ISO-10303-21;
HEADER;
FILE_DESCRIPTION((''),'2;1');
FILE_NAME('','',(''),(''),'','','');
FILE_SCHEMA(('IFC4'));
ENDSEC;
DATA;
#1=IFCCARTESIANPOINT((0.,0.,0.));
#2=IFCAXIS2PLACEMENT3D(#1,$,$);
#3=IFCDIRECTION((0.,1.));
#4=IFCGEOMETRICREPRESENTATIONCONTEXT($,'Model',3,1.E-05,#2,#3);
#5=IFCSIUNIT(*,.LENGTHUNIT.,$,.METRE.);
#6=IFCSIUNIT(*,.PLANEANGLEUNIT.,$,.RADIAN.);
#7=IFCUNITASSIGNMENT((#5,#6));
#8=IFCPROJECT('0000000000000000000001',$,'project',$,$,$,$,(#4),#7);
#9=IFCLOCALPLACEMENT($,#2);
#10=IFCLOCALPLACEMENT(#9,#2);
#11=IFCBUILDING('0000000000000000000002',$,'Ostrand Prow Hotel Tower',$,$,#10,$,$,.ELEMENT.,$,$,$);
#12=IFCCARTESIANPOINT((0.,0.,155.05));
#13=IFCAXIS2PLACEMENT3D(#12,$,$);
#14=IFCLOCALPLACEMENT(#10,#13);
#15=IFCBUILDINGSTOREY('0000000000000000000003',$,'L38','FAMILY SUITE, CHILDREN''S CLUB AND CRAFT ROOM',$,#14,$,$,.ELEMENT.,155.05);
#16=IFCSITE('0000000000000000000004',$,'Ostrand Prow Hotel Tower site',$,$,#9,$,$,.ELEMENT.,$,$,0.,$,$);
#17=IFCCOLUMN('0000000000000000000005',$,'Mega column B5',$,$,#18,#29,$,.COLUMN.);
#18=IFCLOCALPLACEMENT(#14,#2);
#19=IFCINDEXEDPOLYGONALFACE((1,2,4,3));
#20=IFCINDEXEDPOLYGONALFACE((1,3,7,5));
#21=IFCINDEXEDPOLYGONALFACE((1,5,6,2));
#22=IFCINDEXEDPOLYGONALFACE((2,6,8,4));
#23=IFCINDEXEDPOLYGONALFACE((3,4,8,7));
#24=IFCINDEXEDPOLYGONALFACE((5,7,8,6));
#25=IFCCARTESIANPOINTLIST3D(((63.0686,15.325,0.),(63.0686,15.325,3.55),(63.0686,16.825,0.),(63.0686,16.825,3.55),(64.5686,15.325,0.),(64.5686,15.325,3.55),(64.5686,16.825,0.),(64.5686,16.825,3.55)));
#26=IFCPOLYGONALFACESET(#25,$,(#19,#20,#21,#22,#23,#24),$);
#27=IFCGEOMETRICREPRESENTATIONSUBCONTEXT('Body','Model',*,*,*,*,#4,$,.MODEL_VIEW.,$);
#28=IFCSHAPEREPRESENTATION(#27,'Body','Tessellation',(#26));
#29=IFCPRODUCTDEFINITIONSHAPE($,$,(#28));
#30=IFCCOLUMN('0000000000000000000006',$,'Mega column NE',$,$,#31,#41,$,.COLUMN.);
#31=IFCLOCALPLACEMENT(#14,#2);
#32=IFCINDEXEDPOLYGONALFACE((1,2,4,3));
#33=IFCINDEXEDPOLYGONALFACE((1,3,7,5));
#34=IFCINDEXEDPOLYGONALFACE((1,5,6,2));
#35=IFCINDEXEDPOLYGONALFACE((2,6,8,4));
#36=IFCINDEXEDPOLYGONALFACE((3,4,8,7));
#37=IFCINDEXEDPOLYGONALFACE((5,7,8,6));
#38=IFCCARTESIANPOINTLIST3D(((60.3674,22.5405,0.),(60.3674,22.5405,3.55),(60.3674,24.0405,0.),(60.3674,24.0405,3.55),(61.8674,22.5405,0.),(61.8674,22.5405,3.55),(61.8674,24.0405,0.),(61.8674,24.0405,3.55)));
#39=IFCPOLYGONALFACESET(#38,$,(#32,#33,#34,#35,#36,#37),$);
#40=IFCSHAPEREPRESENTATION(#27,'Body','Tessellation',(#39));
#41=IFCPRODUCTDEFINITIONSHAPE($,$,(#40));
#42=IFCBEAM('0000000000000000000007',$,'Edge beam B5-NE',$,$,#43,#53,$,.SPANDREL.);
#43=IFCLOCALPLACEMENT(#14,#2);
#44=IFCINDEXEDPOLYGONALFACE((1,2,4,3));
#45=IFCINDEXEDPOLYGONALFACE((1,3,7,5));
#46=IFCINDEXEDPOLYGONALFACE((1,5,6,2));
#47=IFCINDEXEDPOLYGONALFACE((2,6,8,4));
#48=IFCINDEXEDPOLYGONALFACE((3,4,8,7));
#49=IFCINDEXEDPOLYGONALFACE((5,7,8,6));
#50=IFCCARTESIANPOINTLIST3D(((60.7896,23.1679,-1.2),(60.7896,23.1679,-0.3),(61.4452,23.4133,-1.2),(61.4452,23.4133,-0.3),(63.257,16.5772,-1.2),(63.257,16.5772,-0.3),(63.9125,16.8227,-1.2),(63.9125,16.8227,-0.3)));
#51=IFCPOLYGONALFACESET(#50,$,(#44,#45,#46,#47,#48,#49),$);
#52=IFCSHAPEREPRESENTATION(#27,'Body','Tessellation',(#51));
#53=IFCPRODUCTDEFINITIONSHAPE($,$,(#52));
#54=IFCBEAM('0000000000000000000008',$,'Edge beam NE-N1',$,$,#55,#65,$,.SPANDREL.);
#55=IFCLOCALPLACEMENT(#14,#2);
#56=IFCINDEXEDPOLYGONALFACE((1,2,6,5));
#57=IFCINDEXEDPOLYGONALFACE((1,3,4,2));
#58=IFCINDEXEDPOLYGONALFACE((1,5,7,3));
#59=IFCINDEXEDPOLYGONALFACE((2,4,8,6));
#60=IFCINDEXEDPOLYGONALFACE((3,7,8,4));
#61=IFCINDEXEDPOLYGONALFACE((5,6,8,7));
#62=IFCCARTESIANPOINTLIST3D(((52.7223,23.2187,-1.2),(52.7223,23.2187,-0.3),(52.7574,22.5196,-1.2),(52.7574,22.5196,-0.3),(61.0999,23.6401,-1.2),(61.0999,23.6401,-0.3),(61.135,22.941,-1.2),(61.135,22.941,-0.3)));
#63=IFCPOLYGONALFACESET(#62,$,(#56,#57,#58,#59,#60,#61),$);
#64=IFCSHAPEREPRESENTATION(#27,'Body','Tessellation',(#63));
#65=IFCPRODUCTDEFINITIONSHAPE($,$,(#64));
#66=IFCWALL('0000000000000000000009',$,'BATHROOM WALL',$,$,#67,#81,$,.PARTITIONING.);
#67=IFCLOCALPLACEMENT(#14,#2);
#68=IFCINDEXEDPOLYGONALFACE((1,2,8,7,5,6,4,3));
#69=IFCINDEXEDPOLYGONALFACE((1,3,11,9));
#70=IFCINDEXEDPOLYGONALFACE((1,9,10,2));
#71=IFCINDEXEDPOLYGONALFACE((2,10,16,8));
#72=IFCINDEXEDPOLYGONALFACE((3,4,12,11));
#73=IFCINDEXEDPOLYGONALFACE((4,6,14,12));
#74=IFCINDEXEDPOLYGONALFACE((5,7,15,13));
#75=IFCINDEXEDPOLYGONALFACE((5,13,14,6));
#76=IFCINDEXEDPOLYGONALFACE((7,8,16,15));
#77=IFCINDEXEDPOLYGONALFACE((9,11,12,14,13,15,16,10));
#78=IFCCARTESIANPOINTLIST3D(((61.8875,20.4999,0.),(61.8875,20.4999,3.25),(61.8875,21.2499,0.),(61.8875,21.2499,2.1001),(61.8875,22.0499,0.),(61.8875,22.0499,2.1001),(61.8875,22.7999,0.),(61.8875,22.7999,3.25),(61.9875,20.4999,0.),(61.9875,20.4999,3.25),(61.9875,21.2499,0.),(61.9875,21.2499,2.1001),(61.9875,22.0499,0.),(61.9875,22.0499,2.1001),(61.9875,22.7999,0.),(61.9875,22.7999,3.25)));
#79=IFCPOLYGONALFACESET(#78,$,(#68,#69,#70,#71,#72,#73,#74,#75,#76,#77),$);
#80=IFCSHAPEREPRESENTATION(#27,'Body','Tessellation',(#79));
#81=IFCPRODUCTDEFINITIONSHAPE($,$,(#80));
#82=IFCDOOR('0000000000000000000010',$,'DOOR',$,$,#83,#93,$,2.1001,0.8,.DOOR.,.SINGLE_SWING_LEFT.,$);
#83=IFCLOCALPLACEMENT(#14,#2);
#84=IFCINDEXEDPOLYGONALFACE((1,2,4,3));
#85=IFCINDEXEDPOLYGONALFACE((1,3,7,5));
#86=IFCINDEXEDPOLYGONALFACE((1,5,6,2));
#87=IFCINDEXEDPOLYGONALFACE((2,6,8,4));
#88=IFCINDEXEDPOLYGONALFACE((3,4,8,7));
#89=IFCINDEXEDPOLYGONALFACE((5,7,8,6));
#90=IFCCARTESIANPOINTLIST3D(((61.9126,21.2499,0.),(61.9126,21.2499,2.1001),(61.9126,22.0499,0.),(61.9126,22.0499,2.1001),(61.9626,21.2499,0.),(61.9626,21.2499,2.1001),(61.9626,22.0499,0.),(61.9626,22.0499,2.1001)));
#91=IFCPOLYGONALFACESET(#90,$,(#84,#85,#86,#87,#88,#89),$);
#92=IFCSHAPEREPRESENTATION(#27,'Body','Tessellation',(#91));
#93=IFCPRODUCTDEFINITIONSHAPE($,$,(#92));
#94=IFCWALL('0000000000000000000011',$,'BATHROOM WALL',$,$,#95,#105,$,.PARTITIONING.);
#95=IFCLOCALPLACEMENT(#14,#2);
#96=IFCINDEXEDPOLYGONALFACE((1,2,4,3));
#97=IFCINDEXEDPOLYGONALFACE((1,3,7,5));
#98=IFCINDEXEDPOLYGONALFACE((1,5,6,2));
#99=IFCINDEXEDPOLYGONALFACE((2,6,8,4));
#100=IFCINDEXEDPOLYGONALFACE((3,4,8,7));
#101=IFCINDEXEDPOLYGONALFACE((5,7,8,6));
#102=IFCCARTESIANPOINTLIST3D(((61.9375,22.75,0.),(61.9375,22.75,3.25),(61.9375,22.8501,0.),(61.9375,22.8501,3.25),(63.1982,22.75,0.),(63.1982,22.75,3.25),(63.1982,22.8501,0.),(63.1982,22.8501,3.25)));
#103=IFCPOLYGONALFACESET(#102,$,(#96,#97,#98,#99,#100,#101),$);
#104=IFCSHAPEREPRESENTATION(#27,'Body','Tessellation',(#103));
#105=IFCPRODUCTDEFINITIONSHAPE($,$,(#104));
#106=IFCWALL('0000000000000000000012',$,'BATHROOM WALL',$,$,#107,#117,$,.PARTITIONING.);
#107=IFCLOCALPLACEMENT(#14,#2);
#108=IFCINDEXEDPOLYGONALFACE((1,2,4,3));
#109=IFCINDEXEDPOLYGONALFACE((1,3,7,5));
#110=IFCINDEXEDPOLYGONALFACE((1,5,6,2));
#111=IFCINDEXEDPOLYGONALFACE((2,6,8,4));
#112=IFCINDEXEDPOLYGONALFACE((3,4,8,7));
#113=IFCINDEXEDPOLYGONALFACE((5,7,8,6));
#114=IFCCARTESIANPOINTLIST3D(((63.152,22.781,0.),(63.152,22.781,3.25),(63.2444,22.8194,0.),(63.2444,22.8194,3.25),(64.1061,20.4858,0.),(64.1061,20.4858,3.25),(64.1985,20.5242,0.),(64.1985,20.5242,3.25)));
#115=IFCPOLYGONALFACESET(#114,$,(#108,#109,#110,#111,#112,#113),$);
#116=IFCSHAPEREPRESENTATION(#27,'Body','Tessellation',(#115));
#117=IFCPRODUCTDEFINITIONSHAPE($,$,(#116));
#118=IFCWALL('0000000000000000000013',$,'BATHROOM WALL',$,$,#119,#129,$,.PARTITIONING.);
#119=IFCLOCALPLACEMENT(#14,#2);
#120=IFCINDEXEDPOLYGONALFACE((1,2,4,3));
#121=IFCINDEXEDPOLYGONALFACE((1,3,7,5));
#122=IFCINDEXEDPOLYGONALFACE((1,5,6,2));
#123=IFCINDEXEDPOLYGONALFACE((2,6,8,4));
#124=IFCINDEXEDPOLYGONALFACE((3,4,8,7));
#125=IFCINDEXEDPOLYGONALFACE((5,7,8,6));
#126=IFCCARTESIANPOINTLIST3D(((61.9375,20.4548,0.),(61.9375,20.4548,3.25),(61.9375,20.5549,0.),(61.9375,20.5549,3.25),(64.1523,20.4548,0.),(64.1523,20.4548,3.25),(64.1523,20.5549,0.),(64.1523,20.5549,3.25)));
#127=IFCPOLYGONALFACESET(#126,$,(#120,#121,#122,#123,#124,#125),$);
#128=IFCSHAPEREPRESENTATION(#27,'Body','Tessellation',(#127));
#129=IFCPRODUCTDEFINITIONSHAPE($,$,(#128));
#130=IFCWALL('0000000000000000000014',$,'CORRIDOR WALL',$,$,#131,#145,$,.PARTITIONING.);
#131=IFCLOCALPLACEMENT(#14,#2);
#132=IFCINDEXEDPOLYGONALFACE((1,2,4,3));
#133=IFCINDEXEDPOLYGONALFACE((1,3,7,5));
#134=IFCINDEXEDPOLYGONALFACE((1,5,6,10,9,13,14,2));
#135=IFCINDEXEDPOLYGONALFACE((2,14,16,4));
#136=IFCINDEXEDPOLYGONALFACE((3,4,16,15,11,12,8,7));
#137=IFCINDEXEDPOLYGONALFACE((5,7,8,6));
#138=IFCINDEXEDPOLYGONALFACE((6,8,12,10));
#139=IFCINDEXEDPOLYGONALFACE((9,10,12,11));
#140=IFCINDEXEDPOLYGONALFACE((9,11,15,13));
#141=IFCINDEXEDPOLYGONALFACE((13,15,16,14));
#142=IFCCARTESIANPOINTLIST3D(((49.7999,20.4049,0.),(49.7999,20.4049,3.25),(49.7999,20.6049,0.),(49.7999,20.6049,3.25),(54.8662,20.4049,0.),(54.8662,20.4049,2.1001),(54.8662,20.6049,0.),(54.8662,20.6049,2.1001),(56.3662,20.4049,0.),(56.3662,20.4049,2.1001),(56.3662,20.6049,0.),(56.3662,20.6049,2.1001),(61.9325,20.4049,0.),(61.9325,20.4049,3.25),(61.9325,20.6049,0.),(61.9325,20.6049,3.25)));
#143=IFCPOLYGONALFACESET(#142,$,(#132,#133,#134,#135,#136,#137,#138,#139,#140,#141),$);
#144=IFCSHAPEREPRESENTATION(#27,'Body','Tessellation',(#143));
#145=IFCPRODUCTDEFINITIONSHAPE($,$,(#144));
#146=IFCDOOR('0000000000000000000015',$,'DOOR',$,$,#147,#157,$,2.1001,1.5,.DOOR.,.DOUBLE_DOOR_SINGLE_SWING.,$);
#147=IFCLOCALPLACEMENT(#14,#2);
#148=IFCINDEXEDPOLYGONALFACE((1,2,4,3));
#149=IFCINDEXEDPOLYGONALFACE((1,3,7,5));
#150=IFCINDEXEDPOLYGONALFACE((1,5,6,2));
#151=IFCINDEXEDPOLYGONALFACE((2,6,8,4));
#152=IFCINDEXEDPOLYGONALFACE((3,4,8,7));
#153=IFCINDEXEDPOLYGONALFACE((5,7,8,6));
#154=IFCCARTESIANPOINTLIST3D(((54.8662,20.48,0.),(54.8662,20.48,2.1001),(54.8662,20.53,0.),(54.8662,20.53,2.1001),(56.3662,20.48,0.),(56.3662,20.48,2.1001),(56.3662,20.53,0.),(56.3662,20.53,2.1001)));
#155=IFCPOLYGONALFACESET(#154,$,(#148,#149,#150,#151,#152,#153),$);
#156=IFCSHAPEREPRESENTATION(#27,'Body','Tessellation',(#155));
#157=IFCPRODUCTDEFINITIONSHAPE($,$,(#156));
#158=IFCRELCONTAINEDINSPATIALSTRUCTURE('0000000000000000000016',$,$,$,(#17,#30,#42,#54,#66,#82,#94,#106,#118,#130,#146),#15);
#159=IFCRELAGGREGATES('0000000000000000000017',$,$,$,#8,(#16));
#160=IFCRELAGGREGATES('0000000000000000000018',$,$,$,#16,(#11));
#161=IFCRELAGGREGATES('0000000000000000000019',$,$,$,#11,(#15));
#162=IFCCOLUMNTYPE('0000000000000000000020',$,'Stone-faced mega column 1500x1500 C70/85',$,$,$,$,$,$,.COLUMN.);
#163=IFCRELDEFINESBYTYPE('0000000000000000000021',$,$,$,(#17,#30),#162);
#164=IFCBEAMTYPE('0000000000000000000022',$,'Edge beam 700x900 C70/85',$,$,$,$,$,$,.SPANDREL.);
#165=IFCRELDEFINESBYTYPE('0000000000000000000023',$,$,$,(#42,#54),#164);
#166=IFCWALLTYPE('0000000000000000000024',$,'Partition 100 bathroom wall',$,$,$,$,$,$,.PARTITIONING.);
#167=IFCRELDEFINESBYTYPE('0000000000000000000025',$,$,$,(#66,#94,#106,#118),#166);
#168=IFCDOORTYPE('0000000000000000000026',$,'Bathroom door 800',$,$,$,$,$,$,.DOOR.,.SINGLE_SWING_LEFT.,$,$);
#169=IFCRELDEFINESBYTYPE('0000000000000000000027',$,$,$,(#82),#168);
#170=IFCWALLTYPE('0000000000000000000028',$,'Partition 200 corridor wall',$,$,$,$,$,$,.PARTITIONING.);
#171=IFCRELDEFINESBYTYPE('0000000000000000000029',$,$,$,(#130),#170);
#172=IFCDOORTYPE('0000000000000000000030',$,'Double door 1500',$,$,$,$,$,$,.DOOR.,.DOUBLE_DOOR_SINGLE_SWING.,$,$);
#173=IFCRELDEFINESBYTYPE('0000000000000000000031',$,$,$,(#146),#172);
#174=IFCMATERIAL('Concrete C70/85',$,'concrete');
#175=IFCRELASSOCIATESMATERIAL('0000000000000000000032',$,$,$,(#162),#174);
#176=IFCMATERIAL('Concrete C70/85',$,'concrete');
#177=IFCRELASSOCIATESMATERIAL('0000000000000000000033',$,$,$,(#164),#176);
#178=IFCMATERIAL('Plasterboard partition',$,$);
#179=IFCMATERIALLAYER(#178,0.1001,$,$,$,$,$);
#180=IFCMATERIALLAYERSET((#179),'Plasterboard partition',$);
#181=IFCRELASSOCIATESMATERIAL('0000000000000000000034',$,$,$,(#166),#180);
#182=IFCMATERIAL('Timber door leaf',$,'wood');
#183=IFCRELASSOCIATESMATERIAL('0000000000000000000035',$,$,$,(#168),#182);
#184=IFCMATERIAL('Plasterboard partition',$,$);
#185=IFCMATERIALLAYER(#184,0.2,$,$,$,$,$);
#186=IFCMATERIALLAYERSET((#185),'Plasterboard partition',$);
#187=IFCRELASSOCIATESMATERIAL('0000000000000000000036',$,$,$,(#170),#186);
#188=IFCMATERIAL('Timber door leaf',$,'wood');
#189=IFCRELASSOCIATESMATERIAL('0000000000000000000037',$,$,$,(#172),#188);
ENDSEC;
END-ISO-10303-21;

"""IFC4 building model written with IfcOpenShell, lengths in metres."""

from ifc_helpers import new_model, si_unit, direction, frame, frame_2d, origin, origin_2d, place, context, subcontext, project, spatial, rectangle, extrude, material, layer, layer_set, material_profile, profile_set, type_object, element, fill, save


model = new_model("IFC4")

# Units and contexts
model_context = context("Model", 3, precision=1e-05, world=origin(), true_north=direction((0.0, 1.0)))
body_context = subcontext(model_context, "Body", "Model", "MODEL_VIEW")
ifc_project = project(units=[si_unit("LENGTHUNIT", "METRE"), si_unit("PLANEANGLEUNIT", "RADIAN")], contexts=[model_context])

# Site, building, storey
site_placement = place(None, origin())
site = spatial("IfcSite", under=ifc_project, at=site_placement, Name="Ostrand Prow Hotel Tower site", CompositionType="ELEMENT", RefElevation=0.0)
building_placement = place(site_placement, origin())
building = spatial("IfcBuilding", under=site, at=building_placement, Name="Ostrand Prow Hotel Tower", CompositionType="ELEMENT")
storey_placement = place(building_placement, frame((0.0, 0.0, 155.05)))
storey = spatial("IfcBuildingStorey", under=building, at=storey_placement, Name="L38", Description="FAMILY SUITE, CHILDREN'S CLUB AND CRAFT ROOM", CompositionType="ELEMENT", Elevation=155.05)

# Columns
ifc_material_1 = material(Name="Concrete C70/85", Category="concrete")
ifc_material_profile_1 = material_profile(ifc_material_1, rectangle(XDim=1.5, YDim=1.5, at=origin_2d()), Name="RC 1500x1500")
ifc_profile_set_1 = profile_set([ifc_material_profile_1], Name="Concrete C70/85")
column_type = type_object("IfcColumnType", Name="Stone-faced mega column 1500x1500 C70/85", PredefinedType="COLUMN", material=ifc_profile_set_1)
for number, where, z_axis, x_axis, name in (
    (1, (63.8186, 16.075, 0.0), (0.0, 0.0, 1.0), (1.0, 0.0, 0.0), "Mega column B5"),
    (2, (61.1174, 23.2905, 0.0), (0.0, 0.0, 1.0), (1.0, 0.0, 0.0), "Mega column NE"),
):
    element("IfcColumn", number, at=place(storey_placement, frame(where, z_axis=z_axis, x_axis=x_axis)), inside=storey, type_object=column_type, Name=name, PredefinedType="COLUMN", context=body_context, shape_type="SweptSolid", body=[
        extrude(rectangle(XDim=1.5, YDim=1.5, at=origin_2d()), origin(), (0.0, 0.0, 1.0), 3.55),
    ])

# Beams
ifc_material_2 = material(Name="Concrete C70/85", Category="concrete")
ifc_material_profile_2 = material_profile(ifc_material_2, rectangle(XDim=0.7, YDim=0.8999, at=origin_2d()), Name="RC 700x900")
ifc_profile_set_2 = profile_set([ifc_material_profile_2], Name="Concrete C70/85")
beam_type = type_object("IfcBeamType", Name="Edge beam 700x900 C70/85", PredefinedType="SPANDREL", material=ifc_profile_set_2)
beam_1_placement = place(storey_placement, frame((63.5847, 16.7, -0.75), z_axis=(-0.350603, 0.936524, 0.0), x_axis=(-0.936524, -0.350603, 0.0)))
element("IfcBeam", 3, at=beam_1_placement, inside=storey, type_object=beam_type, Name="Edge beam B5-NE", PredefinedType="SPANDREL", context=body_context, shape_type="SweptSolid", body=[
    extrude(rectangle(XDim=0.7, YDim=0.8999, at=origin_2d()), origin(), (0.0, 0.0, 1.0), 7.0374),
])
beam_2_placement = place(storey_placement, frame((61.1174, 23.2905, -0.75), z_axis=(-0.998737, -0.050235, 0.0), x_axis=(0.050235, -0.998737, 0.0)))
element("IfcBeam", 4, at=beam_2_placement, inside=storey, type_object=beam_type, Name="Edge beam NE-N1", PredefinedType="SPANDREL", context=body_context, shape_type="SweptSolid", body=[
    extrude(rectangle(XDim=0.7, YDim=0.8999, at=origin_2d()), origin(), (0.0, 0.0, 1.0), 8.3882),
])

# Wall, opening, door
ifc_material_3 = material(Name="Plasterboard partition")
ifc_layer_1 = layer(ifc_material_3, 0.1001)
ifc_layer_set_1 = layer_set([ifc_layer_1], Name="Plasterboard partition")
wall_type_1 = type_object("IfcWallType", Name="Partition 100 bathroom wall", PredefinedType="PARTITIONING", material=ifc_layer_set_1)
wall_1_placement = place(storey_placement, frame((61.9375, 20.5, 0.0), z_axis=(0.0, 0.0, 1.0), x_axis=(0.0, 1.0, 0.0)))
wall_1 = element("IfcWall", 5, at=wall_1_placement, inside=storey, type_object=wall_type_1, Name="BATHROOM WALL", PredefinedType="PARTITIONING", context=body_context, shape_type="SweptSolid", body=[
    extrude(rectangle(XDim=2.3, YDim=0.1001, at=frame_2d((1.1499, 0.0))), origin(), (0.0, 0.0, 1.0), 3.25),
])
opening_1_placement = place(wall_1_placement, frame((0.75, 0.0, 0.0)))
opening_1 = element("IfcOpeningElement", 6, at=opening_1_placement, cuts=wall_1, PredefinedType="OPENING", context=body_context, shape_type="SweptSolid", body=[
    extrude(rectangle(XDim=0.8, YDim=2.1001, at=frame_2d((0.3999, 1.05))), frame((0.0, 0.0601, 0.0), z_axis=(0.0, -1.0, 0.0), x_axis=(1.0, 0.0, 0.0)), (0.0, 0.0, 1.0), 0.1201),
])
ifc_material_4 = material(Name="Timber door leaf", Category="wood")
door_type_1 = type_object("IfcDoorType", Name="Bathroom door 800", OperationType="SINGLE_SWING_LEFT", PredefinedType="DOOR", material=ifc_material_4)
door_1_placement = place(opening_1_placement, origin())
door_1 = element("IfcDoor", 7, at=door_1_placement, inside=storey, type_object=door_type_1, Name="DOOR", OperationType="SINGLE_SWING_LEFT", OverallHeight=2.1001, OverallWidth=0.8, PredefinedType="DOOR", context=body_context, shape_type="SweptSolid", body=[
    extrude(rectangle(XDim=0.8, YDim=2.1001, at=frame_2d((0.3999, 1.05))), frame((0.0, 0.0249, 0.0), z_axis=(0.0, -1.0, 0.0), x_axis=(1.0, 0.0, 0.0)), (0.0, 0.0, 1.0), 0.05),
])
fill(opening_1, door_1)

# Walls
wall_2_placement = place(storey_placement, frame((61.9375, 22.8, 0.0), z_axis=(0.0, 0.0, 1.0), x_axis=(1.0, 0.0, 0.0)))
element("IfcWall", 8, at=wall_2_placement, inside=storey, type_object=wall_type_1, Name="BATHROOM WALL", PredefinedType="PARTITIONING", context=body_context, shape_type="SweptSolid", body=[
    extrude(rectangle(XDim=1.2607, YDim=0.1001, at=frame_2d((0.6304, 0.0))), origin(), (0.0, 0.0, 1.0), 3.25),
])
wall_3_placement = place(storey_placement, frame((63.1982, 22.8, 0.0), z_axis=(0.0, 0.0, 1.0), x_axis=(0.383855, -0.923393, 0.0)))
element("IfcWall", 9, at=wall_3_placement, inside=storey, type_object=wall_type_1, Name="BATHROOM WALL", PredefinedType="PARTITIONING", context=body_context, shape_type="SweptSolid", body=[
    extrude(rectangle(XDim=2.4856, YDim=0.1001, at=frame_2d((1.2427, 0.0))), origin(), (0.0, 0.0, 1.0), 3.25),
])
wall_4_placement = place(storey_placement, frame((64.1523, 20.5049, 0.0), z_axis=(0.0, 0.0, 1.0), x_axis=(-1.0, 0.0, 0.0)))
element("IfcWall", 10, at=wall_4_placement, inside=storey, type_object=wall_type_1, Name="BATHROOM WALL", PredefinedType="PARTITIONING", context=body_context, shape_type="SweptSolid", body=[
    extrude(rectangle(XDim=2.2148, YDim=0.1001, at=frame_2d((1.1074, 0.0))), origin(), (0.0, 0.0, 1.0), 3.25),
])

# Wall, opening, door
ifc_material_5 = material(Name="Plasterboard partition")
ifc_layer_2 = layer(ifc_material_5, 0.2)
ifc_layer_set_2 = layer_set([ifc_layer_2], Name="Plasterboard partition")
wall_type_2 = type_object("IfcWallType", Name="Partition 200 corridor wall", PredefinedType="PARTITIONING", material=ifc_layer_set_2)
wall_5_placement = place(storey_placement, frame((61.9326, 20.5049, 0.0), z_axis=(0.0, 0.0, 1.0), x_axis=(-1.0, 0.0, 0.0)))
wall_5 = element("IfcWall", 11, at=wall_5_placement, inside=storey, type_object=wall_type_2, Name="CORRIDOR WALL", PredefinedType="PARTITIONING", context=body_context, shape_type="SweptSolid", body=[
    extrude(rectangle(XDim=12.1326, YDim=0.2, at=frame_2d((6.0664, 0.0))), origin(), (0.0, 0.0, 1.0), 3.25),
])
opening_2_placement = place(wall_5_placement, frame((5.5664, 0.0, 0.0)))
opening_2 = element("IfcOpeningElement", 12, at=opening_2_placement, cuts=wall_5, PredefinedType="OPENING", context=body_context, shape_type="SweptSolid", body=[
    extrude(rectangle(XDim=1.5, YDim=2.1001, at=frame_2d((0.75, 1.05))), frame((0.0, 0.1099, 0.0), z_axis=(0.0, -1.0, 0.0), x_axis=(1.0, 0.0, 0.0)), (0.0, 0.0, 1.0), 0.22),
])
ifc_material_6 = material(Name="Timber door leaf", Category="wood")
door_type_2 = type_object("IfcDoorType", Name="Double door 1500", OperationType="DOUBLE_DOOR_SINGLE_SWING", PredefinedType="DOOR", material=ifc_material_6)
door_2_placement = place(opening_2_placement, origin())
door_2 = element("IfcDoor", 13, at=door_2_placement, inside=storey, type_object=door_type_2, Name="DOOR", OperationType="DOUBLE_DOOR_SINGLE_SWING", OverallHeight=2.1001, OverallWidth=1.5, PredefinedType="DOOR", context=body_context, shape_type="SweptSolid", body=[
    extrude(rectangle(XDim=1.5, YDim=2.1001, at=frame_2d((0.75, 1.05))), frame((0.0, 0.0249, 0.0), z_axis=(0.0, -1.0, 0.0), x_axis=(1.0, 0.0, 0.0)), (0.0, 0.0, 1.0), 0.05),
])
fill(opening_2, door_2)

save(model, "model.ifc")
